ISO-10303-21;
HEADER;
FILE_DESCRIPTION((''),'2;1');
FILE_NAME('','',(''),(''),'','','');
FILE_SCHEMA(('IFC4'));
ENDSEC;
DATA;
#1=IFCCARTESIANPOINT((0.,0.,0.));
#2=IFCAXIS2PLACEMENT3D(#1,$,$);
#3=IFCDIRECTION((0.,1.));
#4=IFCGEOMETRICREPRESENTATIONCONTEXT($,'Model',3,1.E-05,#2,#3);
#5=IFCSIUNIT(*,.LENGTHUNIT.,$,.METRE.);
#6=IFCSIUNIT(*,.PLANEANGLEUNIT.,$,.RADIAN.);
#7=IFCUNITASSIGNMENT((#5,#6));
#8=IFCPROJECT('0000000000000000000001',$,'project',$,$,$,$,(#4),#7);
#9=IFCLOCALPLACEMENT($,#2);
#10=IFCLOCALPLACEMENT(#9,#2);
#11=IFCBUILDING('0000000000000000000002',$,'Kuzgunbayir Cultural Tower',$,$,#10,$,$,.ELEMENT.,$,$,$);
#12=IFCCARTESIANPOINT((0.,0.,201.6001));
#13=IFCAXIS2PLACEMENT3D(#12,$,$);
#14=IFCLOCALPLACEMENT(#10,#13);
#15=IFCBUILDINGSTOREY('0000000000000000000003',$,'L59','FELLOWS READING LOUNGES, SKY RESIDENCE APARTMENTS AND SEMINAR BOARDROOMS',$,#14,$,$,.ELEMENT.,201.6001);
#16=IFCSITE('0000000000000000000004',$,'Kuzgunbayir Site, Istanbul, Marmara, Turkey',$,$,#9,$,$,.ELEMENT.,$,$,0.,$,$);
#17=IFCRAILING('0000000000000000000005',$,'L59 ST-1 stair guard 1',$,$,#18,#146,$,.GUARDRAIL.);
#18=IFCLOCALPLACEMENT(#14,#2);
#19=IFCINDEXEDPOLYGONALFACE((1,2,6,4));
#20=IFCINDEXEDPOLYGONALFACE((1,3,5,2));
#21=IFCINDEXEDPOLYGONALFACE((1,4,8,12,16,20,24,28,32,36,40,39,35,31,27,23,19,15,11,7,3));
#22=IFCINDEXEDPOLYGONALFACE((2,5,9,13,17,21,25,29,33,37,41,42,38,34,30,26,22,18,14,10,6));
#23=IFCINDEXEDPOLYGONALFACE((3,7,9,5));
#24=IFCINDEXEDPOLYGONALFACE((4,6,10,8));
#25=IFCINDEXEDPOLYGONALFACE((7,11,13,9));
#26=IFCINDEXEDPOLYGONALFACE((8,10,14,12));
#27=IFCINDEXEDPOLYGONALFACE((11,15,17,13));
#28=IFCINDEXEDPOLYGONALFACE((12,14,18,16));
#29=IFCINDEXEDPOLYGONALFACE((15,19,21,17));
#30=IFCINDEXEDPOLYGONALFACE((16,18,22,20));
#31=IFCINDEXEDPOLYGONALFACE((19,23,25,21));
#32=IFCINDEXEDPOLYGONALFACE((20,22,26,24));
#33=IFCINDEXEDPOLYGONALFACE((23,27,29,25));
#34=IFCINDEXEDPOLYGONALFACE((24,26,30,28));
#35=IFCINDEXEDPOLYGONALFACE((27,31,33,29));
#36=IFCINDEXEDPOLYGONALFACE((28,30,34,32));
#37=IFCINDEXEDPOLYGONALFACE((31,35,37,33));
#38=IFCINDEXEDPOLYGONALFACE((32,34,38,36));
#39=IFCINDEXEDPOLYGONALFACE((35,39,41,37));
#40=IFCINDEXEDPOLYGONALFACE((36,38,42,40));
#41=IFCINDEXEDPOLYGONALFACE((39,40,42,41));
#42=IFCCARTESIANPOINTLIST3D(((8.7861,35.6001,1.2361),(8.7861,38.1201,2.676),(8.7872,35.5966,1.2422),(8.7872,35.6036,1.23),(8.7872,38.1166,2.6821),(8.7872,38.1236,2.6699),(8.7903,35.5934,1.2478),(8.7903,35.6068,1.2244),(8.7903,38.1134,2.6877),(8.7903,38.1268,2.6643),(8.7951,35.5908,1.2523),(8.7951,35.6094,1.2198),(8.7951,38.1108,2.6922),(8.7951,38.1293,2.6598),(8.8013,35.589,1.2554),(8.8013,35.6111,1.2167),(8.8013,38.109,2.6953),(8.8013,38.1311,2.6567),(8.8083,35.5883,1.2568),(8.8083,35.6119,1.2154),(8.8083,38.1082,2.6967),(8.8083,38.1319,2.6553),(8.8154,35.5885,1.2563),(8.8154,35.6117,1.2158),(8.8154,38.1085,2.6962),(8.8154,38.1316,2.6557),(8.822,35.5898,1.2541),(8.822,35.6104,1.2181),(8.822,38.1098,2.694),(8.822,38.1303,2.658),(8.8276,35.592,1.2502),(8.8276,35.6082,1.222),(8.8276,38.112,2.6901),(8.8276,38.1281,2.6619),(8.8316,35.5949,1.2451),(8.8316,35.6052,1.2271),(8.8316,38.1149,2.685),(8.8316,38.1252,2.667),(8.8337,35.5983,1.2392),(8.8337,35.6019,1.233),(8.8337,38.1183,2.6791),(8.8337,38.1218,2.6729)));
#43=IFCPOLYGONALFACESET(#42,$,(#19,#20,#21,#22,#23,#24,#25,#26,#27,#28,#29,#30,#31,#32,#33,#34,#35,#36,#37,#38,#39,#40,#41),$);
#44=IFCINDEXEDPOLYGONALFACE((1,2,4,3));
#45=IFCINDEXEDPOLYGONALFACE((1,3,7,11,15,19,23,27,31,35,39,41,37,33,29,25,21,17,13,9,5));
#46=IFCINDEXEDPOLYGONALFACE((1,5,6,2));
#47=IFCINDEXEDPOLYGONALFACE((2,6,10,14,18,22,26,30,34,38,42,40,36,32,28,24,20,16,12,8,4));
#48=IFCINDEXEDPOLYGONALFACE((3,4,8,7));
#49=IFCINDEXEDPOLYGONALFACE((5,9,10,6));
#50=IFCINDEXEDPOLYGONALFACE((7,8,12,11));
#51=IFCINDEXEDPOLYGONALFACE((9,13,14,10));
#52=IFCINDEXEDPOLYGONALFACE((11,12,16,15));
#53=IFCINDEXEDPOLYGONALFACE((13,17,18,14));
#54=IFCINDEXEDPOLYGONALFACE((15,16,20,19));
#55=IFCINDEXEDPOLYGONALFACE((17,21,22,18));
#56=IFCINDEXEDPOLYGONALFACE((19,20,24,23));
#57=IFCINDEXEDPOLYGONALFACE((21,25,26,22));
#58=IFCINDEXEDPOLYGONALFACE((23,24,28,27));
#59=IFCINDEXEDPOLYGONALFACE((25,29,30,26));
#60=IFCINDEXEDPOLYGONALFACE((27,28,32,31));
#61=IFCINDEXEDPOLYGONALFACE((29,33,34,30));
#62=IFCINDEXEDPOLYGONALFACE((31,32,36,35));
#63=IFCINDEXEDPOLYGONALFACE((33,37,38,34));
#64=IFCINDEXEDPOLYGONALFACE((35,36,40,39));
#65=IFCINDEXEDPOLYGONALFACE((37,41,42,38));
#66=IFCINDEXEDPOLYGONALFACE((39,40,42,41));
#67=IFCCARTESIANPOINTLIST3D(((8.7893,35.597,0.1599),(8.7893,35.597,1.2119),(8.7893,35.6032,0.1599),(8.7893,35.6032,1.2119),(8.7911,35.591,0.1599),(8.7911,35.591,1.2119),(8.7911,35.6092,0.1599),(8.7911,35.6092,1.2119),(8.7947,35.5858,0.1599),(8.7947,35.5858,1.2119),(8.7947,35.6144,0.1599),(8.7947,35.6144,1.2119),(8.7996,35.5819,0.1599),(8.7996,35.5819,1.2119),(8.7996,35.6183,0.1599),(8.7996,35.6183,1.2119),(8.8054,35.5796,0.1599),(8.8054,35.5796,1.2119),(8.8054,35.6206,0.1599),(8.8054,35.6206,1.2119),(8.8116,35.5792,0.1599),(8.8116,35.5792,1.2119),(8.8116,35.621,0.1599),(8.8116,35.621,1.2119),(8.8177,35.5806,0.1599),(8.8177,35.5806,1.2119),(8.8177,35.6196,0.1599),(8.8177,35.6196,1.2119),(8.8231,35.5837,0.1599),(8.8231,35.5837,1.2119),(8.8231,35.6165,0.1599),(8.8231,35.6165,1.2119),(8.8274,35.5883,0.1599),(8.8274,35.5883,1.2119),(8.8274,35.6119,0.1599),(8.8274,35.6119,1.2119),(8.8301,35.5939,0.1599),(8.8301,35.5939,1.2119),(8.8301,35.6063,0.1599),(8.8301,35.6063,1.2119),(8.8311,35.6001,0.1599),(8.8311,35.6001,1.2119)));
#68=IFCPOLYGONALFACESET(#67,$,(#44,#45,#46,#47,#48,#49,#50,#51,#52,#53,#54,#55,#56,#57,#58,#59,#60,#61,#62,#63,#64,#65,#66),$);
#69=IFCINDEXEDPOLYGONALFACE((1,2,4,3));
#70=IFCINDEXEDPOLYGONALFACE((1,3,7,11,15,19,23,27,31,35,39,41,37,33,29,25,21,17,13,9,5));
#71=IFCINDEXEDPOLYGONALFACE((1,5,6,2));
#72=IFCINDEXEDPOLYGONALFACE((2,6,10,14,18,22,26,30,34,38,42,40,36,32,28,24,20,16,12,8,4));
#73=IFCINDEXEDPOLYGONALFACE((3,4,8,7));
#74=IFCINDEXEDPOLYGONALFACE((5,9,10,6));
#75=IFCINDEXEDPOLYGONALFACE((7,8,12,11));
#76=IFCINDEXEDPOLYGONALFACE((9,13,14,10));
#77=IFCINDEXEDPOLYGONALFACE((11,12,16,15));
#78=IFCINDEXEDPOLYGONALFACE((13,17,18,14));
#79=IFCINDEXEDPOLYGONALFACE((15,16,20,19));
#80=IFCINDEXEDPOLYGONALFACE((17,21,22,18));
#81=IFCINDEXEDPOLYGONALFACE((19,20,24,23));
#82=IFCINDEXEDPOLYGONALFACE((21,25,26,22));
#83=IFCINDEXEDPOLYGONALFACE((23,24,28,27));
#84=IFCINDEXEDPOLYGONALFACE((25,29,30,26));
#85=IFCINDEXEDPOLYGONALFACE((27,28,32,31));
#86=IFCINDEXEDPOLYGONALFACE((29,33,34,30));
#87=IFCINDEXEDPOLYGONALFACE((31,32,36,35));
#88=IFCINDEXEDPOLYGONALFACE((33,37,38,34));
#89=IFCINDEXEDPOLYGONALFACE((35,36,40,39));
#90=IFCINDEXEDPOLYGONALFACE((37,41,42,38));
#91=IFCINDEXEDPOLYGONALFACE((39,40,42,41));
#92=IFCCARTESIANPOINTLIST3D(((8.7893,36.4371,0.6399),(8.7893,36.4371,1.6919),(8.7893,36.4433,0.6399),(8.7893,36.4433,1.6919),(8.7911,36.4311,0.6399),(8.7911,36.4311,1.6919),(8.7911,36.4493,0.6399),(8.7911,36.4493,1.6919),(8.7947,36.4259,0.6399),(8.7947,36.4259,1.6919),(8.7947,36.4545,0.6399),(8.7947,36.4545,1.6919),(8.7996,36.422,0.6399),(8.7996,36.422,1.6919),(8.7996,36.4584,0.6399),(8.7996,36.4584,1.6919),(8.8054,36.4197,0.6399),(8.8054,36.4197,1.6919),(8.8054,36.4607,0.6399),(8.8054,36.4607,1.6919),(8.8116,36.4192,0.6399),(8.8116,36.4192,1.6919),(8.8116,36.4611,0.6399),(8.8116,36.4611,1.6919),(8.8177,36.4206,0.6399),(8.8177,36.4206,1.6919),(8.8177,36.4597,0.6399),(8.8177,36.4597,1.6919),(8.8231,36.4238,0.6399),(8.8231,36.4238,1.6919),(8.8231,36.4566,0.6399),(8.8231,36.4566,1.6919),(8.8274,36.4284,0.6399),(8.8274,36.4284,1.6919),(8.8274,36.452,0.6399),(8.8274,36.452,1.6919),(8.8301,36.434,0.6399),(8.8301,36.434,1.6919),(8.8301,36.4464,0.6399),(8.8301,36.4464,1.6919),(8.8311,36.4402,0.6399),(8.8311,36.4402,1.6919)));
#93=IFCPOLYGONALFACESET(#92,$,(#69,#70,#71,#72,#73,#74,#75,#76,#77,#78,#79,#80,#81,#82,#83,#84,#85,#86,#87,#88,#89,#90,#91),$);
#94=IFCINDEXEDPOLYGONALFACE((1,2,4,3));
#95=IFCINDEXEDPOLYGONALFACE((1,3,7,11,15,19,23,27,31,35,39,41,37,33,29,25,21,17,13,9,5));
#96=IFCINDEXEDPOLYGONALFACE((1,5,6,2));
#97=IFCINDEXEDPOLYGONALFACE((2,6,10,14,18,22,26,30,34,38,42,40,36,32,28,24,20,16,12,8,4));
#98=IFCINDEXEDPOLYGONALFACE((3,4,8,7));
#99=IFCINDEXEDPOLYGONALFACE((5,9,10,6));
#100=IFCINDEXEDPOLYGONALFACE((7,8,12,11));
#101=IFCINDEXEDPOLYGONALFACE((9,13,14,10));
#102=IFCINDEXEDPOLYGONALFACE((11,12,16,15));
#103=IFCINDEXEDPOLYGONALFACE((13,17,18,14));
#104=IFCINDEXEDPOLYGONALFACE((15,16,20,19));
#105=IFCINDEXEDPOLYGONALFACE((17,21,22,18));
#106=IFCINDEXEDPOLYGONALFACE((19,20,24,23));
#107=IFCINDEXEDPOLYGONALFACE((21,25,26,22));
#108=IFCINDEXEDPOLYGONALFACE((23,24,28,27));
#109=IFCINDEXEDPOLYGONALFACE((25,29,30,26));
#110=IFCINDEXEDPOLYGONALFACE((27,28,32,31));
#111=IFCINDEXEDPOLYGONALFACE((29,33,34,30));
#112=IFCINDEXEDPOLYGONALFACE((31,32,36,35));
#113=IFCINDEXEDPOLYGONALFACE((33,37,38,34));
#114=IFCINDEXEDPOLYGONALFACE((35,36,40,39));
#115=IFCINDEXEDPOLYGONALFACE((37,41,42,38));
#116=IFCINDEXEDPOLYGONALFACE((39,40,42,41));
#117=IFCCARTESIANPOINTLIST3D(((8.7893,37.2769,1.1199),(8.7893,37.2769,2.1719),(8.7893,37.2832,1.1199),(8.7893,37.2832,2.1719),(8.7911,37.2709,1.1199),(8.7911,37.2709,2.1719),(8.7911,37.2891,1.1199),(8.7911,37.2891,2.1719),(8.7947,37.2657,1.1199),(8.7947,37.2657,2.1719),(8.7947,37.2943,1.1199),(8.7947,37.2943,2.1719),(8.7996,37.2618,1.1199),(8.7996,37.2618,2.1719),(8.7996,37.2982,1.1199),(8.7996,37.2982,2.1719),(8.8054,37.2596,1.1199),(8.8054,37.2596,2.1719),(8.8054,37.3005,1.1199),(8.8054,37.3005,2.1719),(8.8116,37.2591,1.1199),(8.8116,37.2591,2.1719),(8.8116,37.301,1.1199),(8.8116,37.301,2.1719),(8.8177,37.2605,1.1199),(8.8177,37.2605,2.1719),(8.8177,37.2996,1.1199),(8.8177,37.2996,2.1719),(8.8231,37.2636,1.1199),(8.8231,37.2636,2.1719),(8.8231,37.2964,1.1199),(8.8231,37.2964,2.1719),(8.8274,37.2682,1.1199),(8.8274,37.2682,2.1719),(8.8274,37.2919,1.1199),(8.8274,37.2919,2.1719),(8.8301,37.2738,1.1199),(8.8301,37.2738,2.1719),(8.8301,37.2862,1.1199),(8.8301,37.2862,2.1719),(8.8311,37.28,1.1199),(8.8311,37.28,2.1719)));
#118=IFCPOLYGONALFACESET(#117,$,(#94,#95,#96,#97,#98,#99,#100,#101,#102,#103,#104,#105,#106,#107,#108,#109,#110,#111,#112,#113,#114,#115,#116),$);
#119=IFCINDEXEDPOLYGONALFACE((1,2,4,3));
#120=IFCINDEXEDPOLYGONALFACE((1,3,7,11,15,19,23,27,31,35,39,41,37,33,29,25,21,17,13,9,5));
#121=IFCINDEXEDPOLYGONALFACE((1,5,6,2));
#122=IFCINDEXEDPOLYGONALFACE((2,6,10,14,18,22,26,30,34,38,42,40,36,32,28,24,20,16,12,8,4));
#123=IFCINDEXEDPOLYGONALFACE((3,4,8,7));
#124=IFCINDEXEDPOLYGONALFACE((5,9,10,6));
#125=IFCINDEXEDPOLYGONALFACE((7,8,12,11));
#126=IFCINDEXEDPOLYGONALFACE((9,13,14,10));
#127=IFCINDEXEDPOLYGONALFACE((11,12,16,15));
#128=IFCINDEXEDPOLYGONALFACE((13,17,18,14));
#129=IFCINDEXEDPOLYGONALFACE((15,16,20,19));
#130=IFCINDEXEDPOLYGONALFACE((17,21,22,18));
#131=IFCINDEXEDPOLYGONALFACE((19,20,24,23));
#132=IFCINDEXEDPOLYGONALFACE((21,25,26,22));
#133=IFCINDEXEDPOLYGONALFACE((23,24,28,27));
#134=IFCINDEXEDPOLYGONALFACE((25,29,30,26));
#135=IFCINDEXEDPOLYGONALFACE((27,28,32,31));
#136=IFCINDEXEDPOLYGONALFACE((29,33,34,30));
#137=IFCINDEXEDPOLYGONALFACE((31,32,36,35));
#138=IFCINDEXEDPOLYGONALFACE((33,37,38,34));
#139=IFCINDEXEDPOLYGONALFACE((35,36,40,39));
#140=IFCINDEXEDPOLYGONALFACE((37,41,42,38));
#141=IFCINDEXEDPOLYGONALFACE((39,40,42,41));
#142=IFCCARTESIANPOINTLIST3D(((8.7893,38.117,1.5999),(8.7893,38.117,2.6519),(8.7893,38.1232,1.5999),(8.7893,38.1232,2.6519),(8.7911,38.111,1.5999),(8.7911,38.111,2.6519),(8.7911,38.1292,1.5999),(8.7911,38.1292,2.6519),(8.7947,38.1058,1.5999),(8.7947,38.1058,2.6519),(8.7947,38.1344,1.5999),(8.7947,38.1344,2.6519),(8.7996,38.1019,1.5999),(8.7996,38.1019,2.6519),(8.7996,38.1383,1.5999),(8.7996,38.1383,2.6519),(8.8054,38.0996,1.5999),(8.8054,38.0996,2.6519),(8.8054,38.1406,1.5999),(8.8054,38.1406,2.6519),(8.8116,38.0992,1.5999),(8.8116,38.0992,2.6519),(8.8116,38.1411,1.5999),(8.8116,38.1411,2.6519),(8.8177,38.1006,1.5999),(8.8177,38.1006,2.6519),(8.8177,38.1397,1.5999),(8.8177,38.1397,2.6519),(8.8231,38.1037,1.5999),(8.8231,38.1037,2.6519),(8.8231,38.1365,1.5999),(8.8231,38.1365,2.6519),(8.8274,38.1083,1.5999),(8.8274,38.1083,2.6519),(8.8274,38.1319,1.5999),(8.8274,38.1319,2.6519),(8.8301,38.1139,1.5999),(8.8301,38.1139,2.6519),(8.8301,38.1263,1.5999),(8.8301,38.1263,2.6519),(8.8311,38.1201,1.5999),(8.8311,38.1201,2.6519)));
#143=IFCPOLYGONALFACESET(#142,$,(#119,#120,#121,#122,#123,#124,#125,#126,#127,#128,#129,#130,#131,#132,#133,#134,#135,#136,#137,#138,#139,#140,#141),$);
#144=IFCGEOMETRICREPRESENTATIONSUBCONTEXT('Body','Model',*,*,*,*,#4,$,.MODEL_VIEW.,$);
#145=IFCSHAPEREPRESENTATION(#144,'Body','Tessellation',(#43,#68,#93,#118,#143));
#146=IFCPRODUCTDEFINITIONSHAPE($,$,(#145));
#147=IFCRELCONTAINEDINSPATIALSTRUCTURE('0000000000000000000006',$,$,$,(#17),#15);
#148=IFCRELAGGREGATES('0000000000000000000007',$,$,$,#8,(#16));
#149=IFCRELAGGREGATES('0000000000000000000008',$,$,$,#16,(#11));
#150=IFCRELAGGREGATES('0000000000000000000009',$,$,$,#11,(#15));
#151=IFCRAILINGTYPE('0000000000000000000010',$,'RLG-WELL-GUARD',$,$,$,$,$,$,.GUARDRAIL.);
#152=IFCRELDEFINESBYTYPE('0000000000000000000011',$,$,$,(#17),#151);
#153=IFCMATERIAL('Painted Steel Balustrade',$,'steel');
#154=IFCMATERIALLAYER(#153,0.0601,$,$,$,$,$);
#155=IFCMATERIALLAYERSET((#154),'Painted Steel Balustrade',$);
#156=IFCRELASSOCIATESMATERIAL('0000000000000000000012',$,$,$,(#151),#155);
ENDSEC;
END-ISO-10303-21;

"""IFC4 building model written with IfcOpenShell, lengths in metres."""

from ifc_helpers import new_model, si_unit, direction, frame, origin, origin_2d, place, context, subcontext, project, spatial, circle, extrude, material, layer, layer_set, type_object, element, save


model = new_model("IFC4")

# Units and contexts
model_context = context("Model", 3, precision=1e-05, world=origin(), true_north=direction((0.0, 1.0)))
body_context = subcontext(model_context, "Body", "Model", "MODEL_VIEW")
ifc_project = project(units=[si_unit("LENGTHUNIT", "METRE"), si_unit("PLANEANGLEUNIT", "RADIAN")], contexts=[model_context])

# Site, building, storey
site_placement = place(None, origin())
site = spatial("IfcSite", under=ifc_project, at=site_placement, Name="Kuzgunbayir Site, Istanbul, Marmara, Turkey", CompositionType="ELEMENT", RefElevation=0.0)
building_placement = place(site_placement, origin())
building = spatial("IfcBuilding", under=site, at=building_placement, Name="Kuzgunbayir Cultural Tower", CompositionType="ELEMENT")
storey_placement = place(building_placement, frame((0.0, 0.0, 201.6001)))
storey = spatial("IfcBuildingStorey", under=building, at=storey_placement, Name="L59", Description="FELLOWS READING LOUNGES, SKY RESIDENCE APARTMENTS AND SEMINAR BOARDROOMS", CompositionType="ELEMENT", Elevation=201.6001)

# Railing
ifc_material_1 = material(Name="Painted Steel Balustrade", Category="steel")
ifc_layer_1 = layer(ifc_material_1, 0.0601)
ifc_layer_set_1 = layer_set([ifc_layer_1], Name="Painted Steel Balustrade")
railing_type_1 = type_object("IfcRailingType", Name="RLG-WELL-GUARD", PredefinedType="GUARDRAIL", material=ifc_layer_set_1)
railing_1_placement = place(storey_placement, frame((8.8101, 35.6001, 0.1599)))
element("IfcRailing", 1, at=railing_1_placement, inside=storey, type_object=railing_type_1, Name="L59 ST-1 stair guard 1", PredefinedType="GUARDRAIL", context=body_context, shape_type="SweptSolid", body=[
    extrude(circle(Radius=0.0239, at=origin_2d()), frame((0.0, 0.0, 1.0762), z_axis=(0.0, 0.868253, 0.496121), x_axis=(-1.0, 0.0, 0.0)), (0.0, 0.0, 1.0), 2.9023),
    extrude(circle(Radius=0.021, at=origin_2d()), origin(), (0.0, 0.0, 1.0), 1.052),
    extrude(circle(Radius=0.021, at=origin_2d()), frame((0.0, 0.8401, 0.48)), (0.0, 0.0, 1.0), 1.052),
    extrude(circle(Radius=0.021, at=origin_2d()), frame((0.0, 1.6799, 0.96)), (0.0, 0.0, 1.0), 1.052),
    extrude(circle(Radius=0.021, at=origin_2d()), frame((0.0, 2.52, 1.4399)), (0.0, 0.0, 1.0), 1.052),
])

save(model, "model.ifc")
